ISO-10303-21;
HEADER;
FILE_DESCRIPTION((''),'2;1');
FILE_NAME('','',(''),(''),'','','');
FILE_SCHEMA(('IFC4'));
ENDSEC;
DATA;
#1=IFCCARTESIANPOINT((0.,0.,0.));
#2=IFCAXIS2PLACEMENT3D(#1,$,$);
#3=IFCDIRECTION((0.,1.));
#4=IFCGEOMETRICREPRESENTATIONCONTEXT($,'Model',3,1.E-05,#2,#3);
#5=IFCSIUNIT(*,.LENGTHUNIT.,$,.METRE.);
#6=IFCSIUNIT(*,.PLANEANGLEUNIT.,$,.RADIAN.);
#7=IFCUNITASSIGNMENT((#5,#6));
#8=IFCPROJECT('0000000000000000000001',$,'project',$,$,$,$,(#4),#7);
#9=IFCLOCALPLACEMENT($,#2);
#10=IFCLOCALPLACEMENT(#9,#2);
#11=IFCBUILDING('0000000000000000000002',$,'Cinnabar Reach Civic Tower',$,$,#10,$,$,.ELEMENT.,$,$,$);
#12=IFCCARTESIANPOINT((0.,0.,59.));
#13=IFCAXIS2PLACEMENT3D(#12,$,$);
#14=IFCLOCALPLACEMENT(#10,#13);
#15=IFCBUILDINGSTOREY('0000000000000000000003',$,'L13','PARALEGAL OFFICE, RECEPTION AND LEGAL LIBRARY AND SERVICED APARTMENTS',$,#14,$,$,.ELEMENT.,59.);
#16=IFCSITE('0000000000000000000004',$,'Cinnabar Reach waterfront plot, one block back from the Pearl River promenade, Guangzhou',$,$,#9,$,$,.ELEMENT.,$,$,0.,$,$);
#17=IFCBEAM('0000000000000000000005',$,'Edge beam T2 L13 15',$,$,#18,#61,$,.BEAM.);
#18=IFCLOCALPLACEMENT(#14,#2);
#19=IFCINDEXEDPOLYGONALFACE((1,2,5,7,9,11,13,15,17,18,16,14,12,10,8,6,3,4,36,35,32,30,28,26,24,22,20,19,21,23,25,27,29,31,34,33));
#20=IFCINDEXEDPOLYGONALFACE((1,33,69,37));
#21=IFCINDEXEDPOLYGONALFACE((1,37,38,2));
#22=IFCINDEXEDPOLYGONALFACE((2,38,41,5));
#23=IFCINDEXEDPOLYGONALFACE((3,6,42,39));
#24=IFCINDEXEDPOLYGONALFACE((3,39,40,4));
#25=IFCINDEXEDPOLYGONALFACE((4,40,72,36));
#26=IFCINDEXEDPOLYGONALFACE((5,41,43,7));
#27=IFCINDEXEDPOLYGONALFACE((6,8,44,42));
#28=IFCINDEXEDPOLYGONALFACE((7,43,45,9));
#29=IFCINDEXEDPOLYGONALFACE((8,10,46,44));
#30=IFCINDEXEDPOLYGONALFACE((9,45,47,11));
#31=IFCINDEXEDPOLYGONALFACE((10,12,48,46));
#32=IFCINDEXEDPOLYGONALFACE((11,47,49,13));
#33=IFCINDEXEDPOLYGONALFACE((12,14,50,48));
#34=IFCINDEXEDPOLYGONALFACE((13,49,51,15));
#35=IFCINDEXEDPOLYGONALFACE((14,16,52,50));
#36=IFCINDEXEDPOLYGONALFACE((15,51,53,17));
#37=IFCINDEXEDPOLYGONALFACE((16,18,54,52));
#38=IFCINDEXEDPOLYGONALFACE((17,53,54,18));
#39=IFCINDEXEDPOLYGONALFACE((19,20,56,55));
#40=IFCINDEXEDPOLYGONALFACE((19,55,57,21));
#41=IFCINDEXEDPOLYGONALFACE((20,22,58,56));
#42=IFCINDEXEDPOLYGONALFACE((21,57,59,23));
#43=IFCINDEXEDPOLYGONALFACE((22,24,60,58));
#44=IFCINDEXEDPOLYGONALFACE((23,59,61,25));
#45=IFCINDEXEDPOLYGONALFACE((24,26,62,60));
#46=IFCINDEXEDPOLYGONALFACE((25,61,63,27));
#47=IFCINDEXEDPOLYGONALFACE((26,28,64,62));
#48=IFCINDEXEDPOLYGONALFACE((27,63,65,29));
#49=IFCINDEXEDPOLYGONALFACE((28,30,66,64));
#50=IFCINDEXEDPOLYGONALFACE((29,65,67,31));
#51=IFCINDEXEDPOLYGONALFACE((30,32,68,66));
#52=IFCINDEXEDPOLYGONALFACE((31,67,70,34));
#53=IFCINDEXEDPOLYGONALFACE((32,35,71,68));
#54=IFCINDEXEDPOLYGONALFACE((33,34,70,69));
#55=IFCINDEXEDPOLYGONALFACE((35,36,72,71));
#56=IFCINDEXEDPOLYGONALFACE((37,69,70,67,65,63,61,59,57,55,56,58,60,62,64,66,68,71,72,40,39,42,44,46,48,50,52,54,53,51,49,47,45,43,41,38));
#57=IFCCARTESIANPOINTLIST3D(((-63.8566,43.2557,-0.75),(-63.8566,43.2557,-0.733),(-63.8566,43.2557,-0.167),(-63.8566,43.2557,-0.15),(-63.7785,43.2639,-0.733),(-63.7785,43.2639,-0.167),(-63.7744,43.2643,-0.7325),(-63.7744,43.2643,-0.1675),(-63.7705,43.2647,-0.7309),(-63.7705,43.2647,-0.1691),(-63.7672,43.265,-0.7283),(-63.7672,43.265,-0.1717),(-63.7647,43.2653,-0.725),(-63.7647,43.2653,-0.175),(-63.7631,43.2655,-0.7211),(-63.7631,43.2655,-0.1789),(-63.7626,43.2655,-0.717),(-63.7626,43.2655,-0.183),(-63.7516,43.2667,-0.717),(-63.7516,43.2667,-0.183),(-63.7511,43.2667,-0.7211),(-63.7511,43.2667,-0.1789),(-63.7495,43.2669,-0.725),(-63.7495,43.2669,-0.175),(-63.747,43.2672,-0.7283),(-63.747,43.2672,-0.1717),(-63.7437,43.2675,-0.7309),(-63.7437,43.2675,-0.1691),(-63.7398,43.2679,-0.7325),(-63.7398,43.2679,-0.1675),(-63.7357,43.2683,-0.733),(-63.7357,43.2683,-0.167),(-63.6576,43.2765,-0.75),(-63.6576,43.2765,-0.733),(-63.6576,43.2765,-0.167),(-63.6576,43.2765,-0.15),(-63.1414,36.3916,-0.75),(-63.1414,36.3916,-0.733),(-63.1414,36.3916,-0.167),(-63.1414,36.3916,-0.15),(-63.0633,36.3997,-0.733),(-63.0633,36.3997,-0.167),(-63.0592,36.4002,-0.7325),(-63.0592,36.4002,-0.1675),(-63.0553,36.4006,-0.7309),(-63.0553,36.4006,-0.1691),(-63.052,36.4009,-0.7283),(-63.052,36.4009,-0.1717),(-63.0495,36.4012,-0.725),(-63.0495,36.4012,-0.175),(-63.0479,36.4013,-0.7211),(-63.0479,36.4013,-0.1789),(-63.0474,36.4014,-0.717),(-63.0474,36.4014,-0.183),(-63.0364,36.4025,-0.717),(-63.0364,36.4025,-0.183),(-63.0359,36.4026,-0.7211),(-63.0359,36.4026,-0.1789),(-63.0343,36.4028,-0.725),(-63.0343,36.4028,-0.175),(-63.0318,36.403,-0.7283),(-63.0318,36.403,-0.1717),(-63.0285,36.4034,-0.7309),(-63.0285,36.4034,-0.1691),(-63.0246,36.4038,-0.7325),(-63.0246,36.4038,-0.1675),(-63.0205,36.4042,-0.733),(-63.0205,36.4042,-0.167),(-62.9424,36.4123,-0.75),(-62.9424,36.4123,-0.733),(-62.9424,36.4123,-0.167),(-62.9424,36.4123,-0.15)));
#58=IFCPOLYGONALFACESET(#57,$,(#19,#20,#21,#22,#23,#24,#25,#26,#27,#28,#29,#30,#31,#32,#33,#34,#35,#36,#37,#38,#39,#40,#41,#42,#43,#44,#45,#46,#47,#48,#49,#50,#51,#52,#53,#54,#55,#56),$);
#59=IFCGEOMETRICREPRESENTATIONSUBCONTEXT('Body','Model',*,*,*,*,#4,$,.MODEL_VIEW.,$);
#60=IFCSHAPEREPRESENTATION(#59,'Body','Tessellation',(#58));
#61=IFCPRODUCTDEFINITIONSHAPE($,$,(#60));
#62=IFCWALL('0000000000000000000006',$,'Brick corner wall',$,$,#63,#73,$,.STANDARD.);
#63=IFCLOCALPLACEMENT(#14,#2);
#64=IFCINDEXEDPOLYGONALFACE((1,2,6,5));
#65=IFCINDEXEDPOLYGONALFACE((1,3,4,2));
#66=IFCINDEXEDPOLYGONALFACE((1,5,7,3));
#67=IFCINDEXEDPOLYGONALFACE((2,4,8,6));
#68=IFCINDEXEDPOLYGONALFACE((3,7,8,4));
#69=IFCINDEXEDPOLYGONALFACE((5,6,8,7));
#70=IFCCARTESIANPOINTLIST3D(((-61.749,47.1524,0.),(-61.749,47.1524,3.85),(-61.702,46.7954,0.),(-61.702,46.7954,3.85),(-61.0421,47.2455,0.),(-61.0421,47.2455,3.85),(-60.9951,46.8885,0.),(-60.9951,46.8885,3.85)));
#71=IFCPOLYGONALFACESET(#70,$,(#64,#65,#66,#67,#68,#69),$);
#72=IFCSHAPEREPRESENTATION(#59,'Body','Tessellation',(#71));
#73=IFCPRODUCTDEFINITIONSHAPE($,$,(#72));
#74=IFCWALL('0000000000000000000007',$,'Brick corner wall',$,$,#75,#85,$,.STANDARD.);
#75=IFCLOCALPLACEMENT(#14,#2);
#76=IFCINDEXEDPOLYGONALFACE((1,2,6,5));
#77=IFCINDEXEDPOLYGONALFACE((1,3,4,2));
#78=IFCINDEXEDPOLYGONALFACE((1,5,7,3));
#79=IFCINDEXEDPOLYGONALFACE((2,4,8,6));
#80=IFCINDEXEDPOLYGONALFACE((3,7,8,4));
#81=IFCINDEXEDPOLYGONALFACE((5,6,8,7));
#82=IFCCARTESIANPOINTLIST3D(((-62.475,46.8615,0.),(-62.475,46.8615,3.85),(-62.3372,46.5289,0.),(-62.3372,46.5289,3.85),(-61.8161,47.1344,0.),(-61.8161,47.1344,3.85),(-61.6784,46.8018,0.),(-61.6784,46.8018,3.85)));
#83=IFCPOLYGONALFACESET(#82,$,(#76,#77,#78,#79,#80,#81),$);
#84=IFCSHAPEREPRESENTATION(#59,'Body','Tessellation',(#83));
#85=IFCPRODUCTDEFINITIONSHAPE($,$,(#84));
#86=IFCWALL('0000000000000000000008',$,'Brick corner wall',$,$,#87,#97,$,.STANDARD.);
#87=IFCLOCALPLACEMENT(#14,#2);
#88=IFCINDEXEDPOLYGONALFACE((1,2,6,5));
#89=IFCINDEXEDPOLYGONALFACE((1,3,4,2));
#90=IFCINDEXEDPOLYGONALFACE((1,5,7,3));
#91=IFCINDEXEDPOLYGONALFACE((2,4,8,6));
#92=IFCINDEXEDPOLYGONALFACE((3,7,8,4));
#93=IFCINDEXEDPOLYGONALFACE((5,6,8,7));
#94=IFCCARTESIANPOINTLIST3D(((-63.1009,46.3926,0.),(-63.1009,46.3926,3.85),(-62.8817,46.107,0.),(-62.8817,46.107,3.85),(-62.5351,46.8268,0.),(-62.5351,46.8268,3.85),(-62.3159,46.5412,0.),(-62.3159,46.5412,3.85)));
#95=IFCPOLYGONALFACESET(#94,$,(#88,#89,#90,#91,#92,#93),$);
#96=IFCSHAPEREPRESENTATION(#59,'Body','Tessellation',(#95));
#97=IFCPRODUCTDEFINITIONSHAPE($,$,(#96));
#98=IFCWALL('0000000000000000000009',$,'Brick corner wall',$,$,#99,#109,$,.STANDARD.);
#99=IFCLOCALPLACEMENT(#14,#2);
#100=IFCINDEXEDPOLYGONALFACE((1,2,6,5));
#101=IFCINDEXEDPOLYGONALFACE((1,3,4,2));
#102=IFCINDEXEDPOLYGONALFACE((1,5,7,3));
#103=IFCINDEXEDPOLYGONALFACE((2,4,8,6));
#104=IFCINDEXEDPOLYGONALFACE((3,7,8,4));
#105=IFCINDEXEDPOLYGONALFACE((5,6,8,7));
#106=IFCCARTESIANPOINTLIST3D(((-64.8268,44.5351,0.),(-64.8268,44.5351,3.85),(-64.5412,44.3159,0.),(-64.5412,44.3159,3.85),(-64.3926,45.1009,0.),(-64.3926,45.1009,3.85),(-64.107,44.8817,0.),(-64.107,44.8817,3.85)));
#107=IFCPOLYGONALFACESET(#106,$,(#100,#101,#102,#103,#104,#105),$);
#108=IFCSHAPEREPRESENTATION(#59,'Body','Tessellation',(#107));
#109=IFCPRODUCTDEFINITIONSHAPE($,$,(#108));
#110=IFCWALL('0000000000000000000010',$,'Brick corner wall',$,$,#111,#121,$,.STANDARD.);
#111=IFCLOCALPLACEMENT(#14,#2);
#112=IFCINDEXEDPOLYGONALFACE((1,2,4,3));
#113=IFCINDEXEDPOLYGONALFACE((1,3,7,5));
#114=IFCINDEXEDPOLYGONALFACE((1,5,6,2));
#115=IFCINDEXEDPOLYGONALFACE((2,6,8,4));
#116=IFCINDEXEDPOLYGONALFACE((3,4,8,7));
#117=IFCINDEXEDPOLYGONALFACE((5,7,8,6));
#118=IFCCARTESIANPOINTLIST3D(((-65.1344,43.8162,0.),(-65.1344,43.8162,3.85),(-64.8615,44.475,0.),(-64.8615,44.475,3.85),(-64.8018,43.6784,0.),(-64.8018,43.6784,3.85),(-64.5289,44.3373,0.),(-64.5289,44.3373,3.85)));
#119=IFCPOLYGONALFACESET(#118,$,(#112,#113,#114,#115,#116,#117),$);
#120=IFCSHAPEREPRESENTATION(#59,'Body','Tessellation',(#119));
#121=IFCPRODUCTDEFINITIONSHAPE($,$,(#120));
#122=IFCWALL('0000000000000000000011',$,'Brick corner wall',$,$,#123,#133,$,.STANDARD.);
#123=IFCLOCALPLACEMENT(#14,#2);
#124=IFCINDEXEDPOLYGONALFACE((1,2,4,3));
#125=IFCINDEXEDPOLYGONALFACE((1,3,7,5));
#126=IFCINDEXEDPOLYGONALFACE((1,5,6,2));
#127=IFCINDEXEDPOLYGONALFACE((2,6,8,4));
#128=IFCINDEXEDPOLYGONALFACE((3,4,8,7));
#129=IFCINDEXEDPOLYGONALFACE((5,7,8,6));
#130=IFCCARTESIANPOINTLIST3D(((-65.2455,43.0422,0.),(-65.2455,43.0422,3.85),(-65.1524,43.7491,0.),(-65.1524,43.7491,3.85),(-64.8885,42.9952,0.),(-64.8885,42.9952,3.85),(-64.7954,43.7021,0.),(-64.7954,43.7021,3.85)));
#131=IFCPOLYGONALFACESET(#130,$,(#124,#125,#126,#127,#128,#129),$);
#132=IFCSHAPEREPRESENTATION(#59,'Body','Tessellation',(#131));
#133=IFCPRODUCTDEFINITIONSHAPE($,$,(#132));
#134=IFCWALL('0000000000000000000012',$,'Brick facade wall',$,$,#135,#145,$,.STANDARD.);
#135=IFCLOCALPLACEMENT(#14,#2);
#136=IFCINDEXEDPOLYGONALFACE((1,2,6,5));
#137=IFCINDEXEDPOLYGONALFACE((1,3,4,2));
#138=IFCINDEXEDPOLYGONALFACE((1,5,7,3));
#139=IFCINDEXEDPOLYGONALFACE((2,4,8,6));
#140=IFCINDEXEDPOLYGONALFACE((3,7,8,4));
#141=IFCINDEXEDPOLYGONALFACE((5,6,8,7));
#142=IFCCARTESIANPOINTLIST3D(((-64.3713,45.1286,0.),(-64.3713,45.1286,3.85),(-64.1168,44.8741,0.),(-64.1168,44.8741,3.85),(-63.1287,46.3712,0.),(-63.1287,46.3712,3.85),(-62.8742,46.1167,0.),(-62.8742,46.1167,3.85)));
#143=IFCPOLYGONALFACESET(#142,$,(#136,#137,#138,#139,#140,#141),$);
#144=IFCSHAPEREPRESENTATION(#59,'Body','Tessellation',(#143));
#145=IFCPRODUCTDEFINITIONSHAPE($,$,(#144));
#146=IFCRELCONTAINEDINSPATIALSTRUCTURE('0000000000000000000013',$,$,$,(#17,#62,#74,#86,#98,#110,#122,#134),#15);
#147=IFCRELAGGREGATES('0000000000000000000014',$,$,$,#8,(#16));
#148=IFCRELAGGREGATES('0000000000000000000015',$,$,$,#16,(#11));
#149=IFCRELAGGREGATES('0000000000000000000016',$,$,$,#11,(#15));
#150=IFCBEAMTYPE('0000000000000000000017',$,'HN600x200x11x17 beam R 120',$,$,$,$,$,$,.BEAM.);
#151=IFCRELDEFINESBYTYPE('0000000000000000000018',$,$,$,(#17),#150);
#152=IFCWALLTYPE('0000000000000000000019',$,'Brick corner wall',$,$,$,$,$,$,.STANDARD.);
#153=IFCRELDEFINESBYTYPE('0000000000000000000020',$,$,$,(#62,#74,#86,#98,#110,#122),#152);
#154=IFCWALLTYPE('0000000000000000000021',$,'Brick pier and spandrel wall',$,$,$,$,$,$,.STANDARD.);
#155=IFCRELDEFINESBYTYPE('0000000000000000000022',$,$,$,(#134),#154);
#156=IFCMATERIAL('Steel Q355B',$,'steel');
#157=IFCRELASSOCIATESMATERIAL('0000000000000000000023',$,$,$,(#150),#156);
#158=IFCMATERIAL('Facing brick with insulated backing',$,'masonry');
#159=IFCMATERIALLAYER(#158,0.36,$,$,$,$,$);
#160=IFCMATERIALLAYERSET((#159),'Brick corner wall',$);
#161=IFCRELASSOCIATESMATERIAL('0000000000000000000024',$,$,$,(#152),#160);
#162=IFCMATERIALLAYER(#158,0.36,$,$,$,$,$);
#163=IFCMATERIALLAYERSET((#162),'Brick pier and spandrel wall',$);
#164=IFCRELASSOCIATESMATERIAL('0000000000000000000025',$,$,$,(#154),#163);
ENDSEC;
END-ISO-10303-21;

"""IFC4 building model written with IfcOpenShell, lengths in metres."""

from ifc_helpers import new_model, si_unit, direction, frame, frame_2d, origin, origin_2d, place, context, subcontext, project, spatial, rectangle, i_section, extrude, material, layer, layer_set, material_profile, profile_set, type_object, element, save


model = new_model("IFC4")

# Units and contexts
model_context = context("Model", 3, precision=1e-05, world=origin(), true_north=direction((0.0, 1.0)))
body_context = subcontext(model_context, "Body", "Model", "MODEL_VIEW")
ifc_project = project(units=[si_unit("LENGTHUNIT", "METRE"), si_unit("PLANEANGLEUNIT", "RADIAN")], contexts=[model_context])

# Site, building, storey
site_placement = place(None, origin())
site = spatial("IfcSite", under=ifc_project, at=site_placement, Name="Cinnabar Reach waterfront plot, one block back from the Pearl River promenade, Guangzhou", CompositionType="ELEMENT", RefElevation=0.0)
building_placement = place(site_placement, origin())
building = spatial("IfcBuilding", under=site, at=building_placement, Name="Cinnabar Reach Civic Tower", CompositionType="ELEMENT")
storey_placement = place(building_placement, frame((0.0, 0.0, 59.0)))
storey = spatial("IfcBuildingStorey", under=building, at=storey_placement, Name="L13", Description="PARALEGAL OFFICE, RECEPTION AND LEGAL LIBRARY AND SERVICED APARTMENTS", CompositionType="ELEMENT", Elevation=59.0)

# Beam
ifc_material_1 = material(Name="Steel Q355B", Category="steel")
ifc_material_profile_1 = material_profile(ifc_material_1, i_section(OverallWidth=0.2, OverallDepth=0.6, WebThickness=0.011, FlangeThickness=0.017, FilletRadius=0.016, at=origin_2d()), Name="HN600x200x11x17")
ifc_profile_set_1 = profile_set([ifc_material_profile_1], Name="Steel Q355B")
beam_type_1 = type_object("IfcBeamType", Name="HN600x200x11x17 beam R 120", PredefinedType="BEAM", material=ifc_profile_set_1)
beam_1_placement = place(storey_placement, frame((-63.7571, 43.2661, -0.45), z_axis=(0.103633, -0.994616, 0.0), x_axis=(0.994616, 0.103633, 0.0)))
element("IfcBeam", 1, at=beam_1_placement, inside=storey, type_object=beam_type_1, Name="Edge beam T2 L13 15", PredefinedType="BEAM", context=body_context, shape_type="SweptSolid", body=[
    extrude(i_section(OverallWidth=0.2, OverallDepth=0.6, WebThickness=0.011, FlangeThickness=0.017, FilletRadius=0.016, at=origin_2d()), origin(), (0.0, 0.0, 1.0), 6.9013),
])

# Walls
ifc_material_2 = material(Name="Facing brick with insulated backing", Category="masonry")
ifc_layer_1 = layer(ifc_material_2, 0.36)
ifc_layer_set_1 = layer_set([ifc_layer_1], Name="Brick corner wall")
wall_type_1 = type_object("IfcWallType", Name="Brick corner wall", PredefinedType="STANDARD", material=ifc_layer_set_1)
for number, where, z_axis, x_axis, name in (
    (2, (-61.0186, 47.067, 0.0), (0.0, 0.0, 1.0), (-0.991441, -0.130556, 0.0), "Brick corner wall"),
    (3, (-61.7473, 46.9681, 0.0), (0.0, 0.0, 1.0), (-0.923872, -0.382703, 0.0), "Brick corner wall"),
):
    element("IfcWall", number, at=place(storey_placement, frame(where, z_axis=z_axis, x_axis=x_axis)), inside=storey, type_object=wall_type_1, Name=name, PredefinedType="STANDARD", context=body_context, shape_type="SweptSolid", body=[
        extrude(rectangle(XDim=0.7131, YDim=0.36, at=frame_2d((0.3565, 0.0))), origin(), (0.0, 0.0, 1.0), 3.85),
    ])
for number, where, z_axis, x_axis, name in (
    (4, (-62.4255, 46.684, 0.0), (0.0, 0.0, 1.0), (-0.793322, -0.608802, 0.0), "Brick corner wall"),
    (5, (-64.2498, 44.9913, 0.0), (0.0, 0.0, 1.0), (-0.608802, -0.793322, 0.0), "Brick corner wall"),
):
    element("IfcWall", number, at=place(storey_placement, frame(where, z_axis=z_axis, x_axis=x_axis)), inside=storey, type_object=wall_type_1, Name=name, PredefinedType="STANDARD", context=body_context, shape_type="SweptSolid", body=[
        extrude(rectangle(XDim=0.7132, YDim=0.36, at=frame_2d((0.3566, 0.0))), origin(), (0.0, 0.0, 1.0), 3.85),
    ])
for number, where, z_axis, x_axis, name in (
    (6, (-64.6952, 44.4061, 0.0), (0.0, 0.0, 1.0), (-0.382703, -0.923872, 0.0), "Brick corner wall"),
    (7, (-64.9739, 43.7256, 0.0), (0.0, 0.0, 1.0), (-0.130556, -0.991441, 0.0), "Brick corner wall"),
):
    element("IfcWall", number, at=place(storey_placement, frame(where, z_axis=z_axis, x_axis=x_axis)), inside=storey, type_object=wall_type_1, Name=name, PredefinedType="STANDARD", context=body_context, shape_type="SweptSolid", body=[
        extrude(rectangle(XDim=0.7131, YDim=0.36, at=frame_2d((0.3565, 0.0))), origin(), (0.0, 0.0, 1.0), 3.85),
    ])
ifc_layer_2 = layer(ifc_material_2, 0.36)
ifc_layer_set_2 = layer_set([ifc_layer_2], Name="Brick pier and spandrel wall")
wall_type_2 = type_object("IfcWallType", Name="Brick pier and spandrel wall", PredefinedType="STANDARD", material=ifc_layer_set_2)
wall_1_placement = place(storey_placement, frame((-63.0014, 46.244, 0.0), z_axis=(0.0, 0.0, 1.0), x_axis=(-0.707107, -0.707107, 0.0)))
element("IfcWall", 8, at=wall_1_placement, inside=storey, type_object=wall_type_2, Name="Brick facade wall", PredefinedType="STANDARD", context=body_context, shape_type="SweptSolid", body=[
    extrude(rectangle(XDim=1.7573, YDim=0.36, at=frame_2d((0.8787, 0.0))), origin(), (0.0, 0.0, 1.0), 3.85),
])

save(model, "model.ifc")
